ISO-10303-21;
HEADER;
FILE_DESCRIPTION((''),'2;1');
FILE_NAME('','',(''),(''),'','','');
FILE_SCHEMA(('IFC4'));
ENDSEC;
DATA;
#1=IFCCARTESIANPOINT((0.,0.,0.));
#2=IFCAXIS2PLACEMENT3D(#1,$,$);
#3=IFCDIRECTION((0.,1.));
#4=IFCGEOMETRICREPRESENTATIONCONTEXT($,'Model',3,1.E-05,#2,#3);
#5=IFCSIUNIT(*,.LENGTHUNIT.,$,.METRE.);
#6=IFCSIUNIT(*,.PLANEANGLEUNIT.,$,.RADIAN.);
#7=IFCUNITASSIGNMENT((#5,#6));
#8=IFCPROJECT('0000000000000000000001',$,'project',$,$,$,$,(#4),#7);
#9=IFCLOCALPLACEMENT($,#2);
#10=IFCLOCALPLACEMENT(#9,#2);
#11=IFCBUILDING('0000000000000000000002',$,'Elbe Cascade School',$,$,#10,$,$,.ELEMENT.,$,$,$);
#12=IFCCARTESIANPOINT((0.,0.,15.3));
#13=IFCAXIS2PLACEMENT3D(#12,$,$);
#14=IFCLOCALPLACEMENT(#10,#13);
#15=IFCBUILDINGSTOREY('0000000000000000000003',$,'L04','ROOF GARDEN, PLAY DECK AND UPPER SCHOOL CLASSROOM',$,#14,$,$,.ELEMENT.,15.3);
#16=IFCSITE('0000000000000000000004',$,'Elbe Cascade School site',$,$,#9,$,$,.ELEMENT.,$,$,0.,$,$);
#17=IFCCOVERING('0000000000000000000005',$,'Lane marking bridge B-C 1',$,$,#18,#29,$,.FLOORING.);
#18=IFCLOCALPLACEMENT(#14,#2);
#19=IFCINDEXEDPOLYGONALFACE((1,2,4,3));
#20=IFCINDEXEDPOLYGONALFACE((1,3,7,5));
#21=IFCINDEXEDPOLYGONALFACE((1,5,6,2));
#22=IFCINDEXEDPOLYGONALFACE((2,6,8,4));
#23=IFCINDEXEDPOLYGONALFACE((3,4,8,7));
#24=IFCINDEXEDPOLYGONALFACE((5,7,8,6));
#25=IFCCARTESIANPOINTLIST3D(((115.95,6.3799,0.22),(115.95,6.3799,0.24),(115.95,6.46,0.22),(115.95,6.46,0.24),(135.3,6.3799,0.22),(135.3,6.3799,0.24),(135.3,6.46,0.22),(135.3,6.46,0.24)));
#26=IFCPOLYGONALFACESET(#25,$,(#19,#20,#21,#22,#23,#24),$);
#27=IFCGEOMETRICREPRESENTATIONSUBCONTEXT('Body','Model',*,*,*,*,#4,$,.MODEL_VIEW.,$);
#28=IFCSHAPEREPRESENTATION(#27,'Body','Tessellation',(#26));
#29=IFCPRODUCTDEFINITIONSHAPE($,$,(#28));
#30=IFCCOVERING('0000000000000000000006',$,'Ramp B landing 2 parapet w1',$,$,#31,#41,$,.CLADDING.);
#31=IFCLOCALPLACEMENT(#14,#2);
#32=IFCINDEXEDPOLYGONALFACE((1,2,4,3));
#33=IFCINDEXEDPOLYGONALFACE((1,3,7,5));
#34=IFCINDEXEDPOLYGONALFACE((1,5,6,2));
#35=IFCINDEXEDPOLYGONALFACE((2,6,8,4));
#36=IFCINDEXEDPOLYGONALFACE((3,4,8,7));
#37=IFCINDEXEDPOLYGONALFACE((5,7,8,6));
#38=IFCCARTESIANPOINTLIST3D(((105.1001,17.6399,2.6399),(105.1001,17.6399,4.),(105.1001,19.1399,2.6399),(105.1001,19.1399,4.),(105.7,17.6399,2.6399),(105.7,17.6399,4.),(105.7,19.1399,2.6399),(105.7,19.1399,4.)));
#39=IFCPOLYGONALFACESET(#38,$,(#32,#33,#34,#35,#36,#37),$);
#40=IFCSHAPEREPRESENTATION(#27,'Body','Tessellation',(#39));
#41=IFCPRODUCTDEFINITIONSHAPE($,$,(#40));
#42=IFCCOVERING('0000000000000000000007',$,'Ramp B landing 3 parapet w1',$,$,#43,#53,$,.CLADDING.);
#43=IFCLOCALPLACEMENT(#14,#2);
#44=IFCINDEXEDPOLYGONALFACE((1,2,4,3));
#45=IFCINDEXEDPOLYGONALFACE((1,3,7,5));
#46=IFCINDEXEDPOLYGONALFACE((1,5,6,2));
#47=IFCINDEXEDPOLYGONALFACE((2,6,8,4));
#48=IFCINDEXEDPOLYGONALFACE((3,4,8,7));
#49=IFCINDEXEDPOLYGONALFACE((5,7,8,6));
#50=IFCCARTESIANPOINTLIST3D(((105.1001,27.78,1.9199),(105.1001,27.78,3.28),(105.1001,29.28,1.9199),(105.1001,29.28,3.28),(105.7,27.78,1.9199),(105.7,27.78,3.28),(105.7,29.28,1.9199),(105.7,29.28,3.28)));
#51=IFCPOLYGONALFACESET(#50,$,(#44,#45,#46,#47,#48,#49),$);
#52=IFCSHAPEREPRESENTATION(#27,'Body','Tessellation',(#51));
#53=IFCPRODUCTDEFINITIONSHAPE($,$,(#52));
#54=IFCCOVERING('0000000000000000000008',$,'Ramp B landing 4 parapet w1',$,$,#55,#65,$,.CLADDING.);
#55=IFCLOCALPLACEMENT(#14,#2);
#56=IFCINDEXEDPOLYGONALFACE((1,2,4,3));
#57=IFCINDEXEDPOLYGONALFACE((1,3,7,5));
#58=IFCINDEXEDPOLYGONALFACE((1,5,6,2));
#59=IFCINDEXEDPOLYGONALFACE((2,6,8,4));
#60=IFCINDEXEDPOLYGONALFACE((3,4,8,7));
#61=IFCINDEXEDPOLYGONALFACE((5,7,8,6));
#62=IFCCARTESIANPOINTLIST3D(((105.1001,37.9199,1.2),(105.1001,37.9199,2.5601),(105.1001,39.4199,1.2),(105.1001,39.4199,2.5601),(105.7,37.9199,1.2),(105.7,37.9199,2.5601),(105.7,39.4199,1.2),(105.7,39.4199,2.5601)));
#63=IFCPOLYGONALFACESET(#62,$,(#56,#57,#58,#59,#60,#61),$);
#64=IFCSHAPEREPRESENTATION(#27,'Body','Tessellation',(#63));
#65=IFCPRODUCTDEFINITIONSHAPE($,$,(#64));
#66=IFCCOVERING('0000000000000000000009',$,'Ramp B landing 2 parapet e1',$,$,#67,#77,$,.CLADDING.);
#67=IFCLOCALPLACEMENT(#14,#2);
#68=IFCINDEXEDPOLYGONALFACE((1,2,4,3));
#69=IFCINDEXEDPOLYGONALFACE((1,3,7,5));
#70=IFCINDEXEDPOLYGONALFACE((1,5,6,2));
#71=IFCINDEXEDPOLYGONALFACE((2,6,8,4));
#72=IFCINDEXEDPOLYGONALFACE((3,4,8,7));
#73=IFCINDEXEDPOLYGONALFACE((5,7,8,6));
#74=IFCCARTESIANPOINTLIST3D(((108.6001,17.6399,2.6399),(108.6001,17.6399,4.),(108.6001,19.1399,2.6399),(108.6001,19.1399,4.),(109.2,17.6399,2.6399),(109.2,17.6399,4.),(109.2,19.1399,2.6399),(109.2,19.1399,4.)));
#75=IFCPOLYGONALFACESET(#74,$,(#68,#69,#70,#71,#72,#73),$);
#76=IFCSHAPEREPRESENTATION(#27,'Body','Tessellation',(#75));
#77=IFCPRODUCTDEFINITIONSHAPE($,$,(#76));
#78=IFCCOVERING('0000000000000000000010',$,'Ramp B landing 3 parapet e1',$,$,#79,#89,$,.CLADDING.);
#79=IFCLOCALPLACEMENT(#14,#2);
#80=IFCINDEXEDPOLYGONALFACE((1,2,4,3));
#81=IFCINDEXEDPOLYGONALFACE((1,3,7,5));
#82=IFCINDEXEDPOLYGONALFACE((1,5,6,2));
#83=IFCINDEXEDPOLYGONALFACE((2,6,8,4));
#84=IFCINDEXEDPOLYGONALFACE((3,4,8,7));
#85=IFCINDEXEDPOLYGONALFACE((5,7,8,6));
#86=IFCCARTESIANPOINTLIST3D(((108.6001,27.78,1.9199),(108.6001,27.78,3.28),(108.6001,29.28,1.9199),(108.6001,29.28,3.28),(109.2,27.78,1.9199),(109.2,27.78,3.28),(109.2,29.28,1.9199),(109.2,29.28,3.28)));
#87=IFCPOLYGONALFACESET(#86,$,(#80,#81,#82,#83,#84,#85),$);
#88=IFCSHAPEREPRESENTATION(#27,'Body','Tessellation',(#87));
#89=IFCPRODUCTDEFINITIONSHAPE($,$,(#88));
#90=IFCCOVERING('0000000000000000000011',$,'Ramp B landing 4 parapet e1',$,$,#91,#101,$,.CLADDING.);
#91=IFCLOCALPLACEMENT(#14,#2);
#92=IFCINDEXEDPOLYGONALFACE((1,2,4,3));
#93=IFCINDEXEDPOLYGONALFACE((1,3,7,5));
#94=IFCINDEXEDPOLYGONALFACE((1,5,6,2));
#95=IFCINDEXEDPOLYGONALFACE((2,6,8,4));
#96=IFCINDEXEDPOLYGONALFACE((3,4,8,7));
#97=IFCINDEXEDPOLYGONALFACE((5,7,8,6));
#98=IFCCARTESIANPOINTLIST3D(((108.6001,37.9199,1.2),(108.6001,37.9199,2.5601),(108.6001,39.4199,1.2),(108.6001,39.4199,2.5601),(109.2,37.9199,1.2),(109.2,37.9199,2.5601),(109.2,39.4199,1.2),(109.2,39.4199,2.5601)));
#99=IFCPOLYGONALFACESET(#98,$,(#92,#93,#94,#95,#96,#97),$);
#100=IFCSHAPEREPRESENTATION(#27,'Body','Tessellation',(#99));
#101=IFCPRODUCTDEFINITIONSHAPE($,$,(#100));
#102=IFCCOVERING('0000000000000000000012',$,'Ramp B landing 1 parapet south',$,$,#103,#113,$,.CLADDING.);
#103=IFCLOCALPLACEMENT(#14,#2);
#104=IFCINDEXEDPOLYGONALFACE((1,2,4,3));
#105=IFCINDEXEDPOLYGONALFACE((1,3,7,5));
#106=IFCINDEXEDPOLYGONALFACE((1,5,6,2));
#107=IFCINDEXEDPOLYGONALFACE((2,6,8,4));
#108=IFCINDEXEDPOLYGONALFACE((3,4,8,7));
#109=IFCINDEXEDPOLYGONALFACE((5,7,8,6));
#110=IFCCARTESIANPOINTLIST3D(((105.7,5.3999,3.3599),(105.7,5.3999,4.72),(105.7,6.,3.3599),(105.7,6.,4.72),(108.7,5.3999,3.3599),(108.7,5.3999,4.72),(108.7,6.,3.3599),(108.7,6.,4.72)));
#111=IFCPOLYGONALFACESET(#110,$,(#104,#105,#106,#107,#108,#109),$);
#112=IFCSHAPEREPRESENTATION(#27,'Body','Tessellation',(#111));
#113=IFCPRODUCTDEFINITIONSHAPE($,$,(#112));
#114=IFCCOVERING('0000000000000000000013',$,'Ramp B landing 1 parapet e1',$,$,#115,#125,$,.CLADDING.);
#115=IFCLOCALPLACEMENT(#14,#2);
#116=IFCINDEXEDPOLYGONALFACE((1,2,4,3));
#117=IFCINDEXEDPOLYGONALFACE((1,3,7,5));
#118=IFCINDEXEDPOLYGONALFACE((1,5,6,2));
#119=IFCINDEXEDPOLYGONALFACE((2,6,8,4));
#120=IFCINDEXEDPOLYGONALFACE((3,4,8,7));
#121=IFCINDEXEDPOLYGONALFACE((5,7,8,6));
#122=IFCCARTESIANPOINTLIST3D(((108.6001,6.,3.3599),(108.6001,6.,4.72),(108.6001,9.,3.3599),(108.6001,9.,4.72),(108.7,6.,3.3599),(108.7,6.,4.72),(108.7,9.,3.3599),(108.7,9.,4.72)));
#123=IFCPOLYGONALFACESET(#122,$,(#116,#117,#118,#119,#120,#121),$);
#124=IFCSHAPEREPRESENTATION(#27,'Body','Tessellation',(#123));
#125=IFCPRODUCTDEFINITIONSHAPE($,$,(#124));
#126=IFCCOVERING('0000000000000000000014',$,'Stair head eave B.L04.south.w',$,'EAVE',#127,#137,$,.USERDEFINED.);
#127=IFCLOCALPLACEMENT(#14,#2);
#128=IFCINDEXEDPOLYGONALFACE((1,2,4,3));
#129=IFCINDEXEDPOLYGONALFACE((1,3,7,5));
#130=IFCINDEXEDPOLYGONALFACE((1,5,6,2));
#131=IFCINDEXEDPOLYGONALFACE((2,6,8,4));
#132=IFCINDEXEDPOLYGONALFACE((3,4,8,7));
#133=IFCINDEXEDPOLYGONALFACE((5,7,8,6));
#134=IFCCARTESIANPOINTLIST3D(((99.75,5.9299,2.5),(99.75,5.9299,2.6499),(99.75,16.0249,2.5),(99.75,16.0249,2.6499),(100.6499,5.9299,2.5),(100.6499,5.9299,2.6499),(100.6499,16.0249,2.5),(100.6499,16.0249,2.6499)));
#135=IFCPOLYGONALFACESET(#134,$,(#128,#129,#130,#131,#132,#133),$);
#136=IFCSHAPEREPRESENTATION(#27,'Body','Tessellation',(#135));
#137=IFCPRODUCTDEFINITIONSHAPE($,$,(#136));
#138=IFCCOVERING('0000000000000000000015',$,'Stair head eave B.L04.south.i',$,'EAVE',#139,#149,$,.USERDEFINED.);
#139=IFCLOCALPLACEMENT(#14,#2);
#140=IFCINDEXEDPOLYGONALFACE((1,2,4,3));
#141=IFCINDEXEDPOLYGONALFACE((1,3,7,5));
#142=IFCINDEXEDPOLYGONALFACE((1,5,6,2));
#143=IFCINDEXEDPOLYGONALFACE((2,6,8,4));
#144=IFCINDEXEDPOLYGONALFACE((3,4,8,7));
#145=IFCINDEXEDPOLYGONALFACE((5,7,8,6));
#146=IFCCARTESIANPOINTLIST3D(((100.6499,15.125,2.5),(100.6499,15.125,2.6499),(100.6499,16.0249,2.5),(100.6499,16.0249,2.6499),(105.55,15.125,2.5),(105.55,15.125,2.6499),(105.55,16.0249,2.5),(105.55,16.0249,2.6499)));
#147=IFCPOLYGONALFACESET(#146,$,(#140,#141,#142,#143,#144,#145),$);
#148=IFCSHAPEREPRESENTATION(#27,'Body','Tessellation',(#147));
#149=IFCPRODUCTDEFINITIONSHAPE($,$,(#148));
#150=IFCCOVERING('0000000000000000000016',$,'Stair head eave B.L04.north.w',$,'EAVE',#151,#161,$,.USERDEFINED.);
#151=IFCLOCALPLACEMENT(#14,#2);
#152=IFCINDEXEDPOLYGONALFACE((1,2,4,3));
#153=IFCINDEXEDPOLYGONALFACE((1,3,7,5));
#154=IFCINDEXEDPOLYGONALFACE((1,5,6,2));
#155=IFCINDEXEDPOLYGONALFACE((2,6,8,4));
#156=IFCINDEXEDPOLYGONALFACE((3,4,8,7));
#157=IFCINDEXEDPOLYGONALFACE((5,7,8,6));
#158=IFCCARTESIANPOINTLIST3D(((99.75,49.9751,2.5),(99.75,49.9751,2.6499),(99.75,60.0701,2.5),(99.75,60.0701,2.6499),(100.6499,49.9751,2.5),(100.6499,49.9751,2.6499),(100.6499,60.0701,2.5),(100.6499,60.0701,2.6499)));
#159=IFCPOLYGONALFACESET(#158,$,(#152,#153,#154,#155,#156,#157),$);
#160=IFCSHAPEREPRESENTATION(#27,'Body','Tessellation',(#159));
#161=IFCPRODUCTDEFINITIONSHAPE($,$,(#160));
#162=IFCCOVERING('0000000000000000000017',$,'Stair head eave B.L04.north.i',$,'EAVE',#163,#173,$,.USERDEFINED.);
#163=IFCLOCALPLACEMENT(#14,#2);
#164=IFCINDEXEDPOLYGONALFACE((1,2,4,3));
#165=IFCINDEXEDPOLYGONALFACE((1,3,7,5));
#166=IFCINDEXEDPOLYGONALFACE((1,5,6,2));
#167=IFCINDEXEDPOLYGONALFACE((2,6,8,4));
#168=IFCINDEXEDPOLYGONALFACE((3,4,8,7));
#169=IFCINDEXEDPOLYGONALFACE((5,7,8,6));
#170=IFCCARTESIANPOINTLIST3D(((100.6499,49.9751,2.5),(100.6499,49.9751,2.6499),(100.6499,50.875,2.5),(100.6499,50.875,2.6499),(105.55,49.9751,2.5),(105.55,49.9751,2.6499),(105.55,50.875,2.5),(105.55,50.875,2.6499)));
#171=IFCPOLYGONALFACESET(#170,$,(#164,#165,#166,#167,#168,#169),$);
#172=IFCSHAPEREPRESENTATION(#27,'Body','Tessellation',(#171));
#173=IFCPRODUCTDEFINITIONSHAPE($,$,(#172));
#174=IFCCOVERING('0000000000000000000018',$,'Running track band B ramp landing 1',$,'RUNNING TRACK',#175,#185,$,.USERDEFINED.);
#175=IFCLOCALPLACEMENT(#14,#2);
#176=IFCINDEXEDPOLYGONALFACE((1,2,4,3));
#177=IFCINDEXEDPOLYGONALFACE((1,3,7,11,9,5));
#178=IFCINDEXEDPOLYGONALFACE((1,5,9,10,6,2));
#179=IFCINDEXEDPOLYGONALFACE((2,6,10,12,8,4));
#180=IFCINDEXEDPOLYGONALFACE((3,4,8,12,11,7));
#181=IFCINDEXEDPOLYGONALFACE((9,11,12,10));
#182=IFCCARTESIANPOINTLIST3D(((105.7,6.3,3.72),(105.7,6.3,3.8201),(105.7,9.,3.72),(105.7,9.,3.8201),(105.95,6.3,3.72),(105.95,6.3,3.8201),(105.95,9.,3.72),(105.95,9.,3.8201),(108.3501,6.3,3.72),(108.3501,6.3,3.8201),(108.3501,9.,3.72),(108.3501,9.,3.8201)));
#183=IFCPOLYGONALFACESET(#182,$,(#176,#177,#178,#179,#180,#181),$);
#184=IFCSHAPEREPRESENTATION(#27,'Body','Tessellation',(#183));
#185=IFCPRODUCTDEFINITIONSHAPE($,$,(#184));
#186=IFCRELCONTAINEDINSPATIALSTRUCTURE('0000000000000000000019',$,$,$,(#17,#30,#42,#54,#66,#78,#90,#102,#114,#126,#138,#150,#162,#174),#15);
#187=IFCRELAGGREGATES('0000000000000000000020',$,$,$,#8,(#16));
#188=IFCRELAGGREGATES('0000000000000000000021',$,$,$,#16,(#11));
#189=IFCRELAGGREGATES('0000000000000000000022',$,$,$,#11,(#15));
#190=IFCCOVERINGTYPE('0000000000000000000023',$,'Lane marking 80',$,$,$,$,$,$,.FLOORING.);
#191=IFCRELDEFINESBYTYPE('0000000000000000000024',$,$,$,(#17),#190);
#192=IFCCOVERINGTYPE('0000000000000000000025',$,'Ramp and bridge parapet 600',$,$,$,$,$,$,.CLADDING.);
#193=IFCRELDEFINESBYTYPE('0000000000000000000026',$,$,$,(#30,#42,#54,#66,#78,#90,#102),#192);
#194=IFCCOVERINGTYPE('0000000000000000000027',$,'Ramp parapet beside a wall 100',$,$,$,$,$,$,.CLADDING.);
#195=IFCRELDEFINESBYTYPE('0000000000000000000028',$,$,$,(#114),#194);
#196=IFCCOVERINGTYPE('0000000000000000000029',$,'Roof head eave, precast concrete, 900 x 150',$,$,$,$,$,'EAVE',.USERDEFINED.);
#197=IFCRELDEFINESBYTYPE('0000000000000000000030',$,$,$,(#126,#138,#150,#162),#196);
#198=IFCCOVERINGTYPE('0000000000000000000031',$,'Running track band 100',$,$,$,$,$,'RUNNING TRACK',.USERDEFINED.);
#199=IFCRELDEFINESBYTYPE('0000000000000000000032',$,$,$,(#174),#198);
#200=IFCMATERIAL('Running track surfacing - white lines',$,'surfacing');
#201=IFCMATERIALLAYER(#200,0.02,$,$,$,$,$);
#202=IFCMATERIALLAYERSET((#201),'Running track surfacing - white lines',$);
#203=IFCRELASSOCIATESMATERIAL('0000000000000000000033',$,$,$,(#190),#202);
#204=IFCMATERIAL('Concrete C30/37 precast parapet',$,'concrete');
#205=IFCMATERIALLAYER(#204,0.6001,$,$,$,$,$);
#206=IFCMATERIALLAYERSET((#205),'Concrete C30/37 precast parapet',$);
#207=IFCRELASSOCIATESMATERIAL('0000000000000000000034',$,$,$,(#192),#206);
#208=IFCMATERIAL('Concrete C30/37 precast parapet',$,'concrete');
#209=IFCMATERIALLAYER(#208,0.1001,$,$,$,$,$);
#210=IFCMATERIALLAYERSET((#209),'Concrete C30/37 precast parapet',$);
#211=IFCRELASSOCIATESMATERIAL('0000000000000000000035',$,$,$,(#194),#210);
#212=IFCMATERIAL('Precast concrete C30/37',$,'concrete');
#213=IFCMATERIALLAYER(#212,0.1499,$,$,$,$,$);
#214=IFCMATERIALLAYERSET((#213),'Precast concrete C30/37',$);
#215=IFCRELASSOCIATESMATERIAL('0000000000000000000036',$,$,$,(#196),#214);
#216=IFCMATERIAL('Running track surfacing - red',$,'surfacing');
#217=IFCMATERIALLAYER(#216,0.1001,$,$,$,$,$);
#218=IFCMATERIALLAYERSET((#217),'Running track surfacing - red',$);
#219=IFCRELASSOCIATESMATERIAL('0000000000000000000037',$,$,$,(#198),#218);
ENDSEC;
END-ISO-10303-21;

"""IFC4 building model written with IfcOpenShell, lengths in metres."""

from ifc_helpers import new_model, si_unit, direction, frame, origin, place, context, subcontext, project, spatial, polyline, outline, extrude, material, layer, layer_set, type_object, element, save


model = new_model("IFC4")

# Units and contexts
model_context = context("Model", 3, precision=1e-05, world=origin(), true_north=direction((0.0, 1.0)))
body_context = subcontext(model_context, "Body", "Model", "MODEL_VIEW")
ifc_project = project(units=[si_unit("LENGTHUNIT", "METRE"), si_unit("PLANEANGLEUNIT", "RADIAN")], contexts=[model_context])

# Site, building, storey
site_placement = place(None, origin())
site = spatial("IfcSite", under=ifc_project, at=site_placement, Name="Elbe Cascade School site", CompositionType="ELEMENT", RefElevation=0.0)
building_placement = place(site_placement, origin())
building = spatial("IfcBuilding", under=site, at=building_placement, Name="Elbe Cascade School", CompositionType="ELEMENT")
storey_placement = place(building_placement, frame((0.0, 0.0, 15.3)))
storey = spatial("IfcBuildingStorey", under=building, at=storey_placement, Name="L04", Description="ROOF GARDEN, PLAY DECK AND UPPER SCHOOL CLASSROOM", CompositionType="ELEMENT", Elevation=15.3)

# Coverings
ifc_material_1 = material(Name="Running track surfacing - white lines", Category="surfacing")
ifc_layer_1 = layer(ifc_material_1, 0.02)
ifc_layer_set_1 = layer_set([ifc_layer_1], Name="Running track surfacing - white lines")
covering_type_1 = type_object("IfcCoveringType", Name="Lane marking 80", PredefinedType="FLOORING", material=ifc_layer_set_1)
covering_1_placement = place(storey_placement, frame((0.0, 0.0, 0.22)))
element("IfcCovering", 1, at=covering_1_placement, inside=storey, type_object=covering_type_1, Name="Lane marking bridge B-C 1", PredefinedType="FLOORING", context=body_context, shape_type="SweptSolid", body=[
    extrude(outline(polyline([(115.95, 6.3799), (135.3, 6.3799), (135.3, 6.46), (115.95, 6.46), (115.95, 6.3799)])), origin(), (0.0, 0.0, 1.0), 0.02),
])
ifc_material_2 = material(Name="Concrete C30/37 precast parapet", Category="concrete")
ifc_layer_2 = layer(ifc_material_2, 0.6001)
ifc_layer_set_2 = layer_set([ifc_layer_2], Name="Concrete C30/37 precast parapet")
covering_type_2 = type_object("IfcCoveringType", Name="Ramp and bridge parapet 600", PredefinedType="CLADDING", material=ifc_layer_set_2)
covering_2_placement = place(storey_placement, frame((0.0, 0.0, 2.6399)))
element("IfcCovering", 2, at=covering_2_placement, inside=storey, type_object=covering_type_2, Name="Ramp B landing 2 parapet w1", PredefinedType="CLADDING", context=body_context, shape_type="SweptSolid", body=[
    extrude(outline(polyline([(105.1001, 17.6399), (105.7, 17.6399), (105.7, 19.1399), (105.1001, 19.1399), (105.1001, 17.6399)])), origin(), (0.0, 0.0, 1.0), 1.3601),
])
covering_3_placement = place(storey_placement, frame((0.0, 0.0, 1.9199)))
element("IfcCovering", 3, at=covering_3_placement, inside=storey, type_object=covering_type_2, Name="Ramp B landing 3 parapet w1", PredefinedType="CLADDING", context=body_context, shape_type="SweptSolid", body=[
    extrude(outline(polyline([(105.1001, 27.78), (105.7, 27.78), (105.7, 29.28), (105.1001, 29.28), (105.1001, 27.78)])), origin(), (0.0, 0.0, 1.0), 1.3601),
])
covering_4_placement = place(storey_placement, frame((0.0, 0.0, 1.2)))
element("IfcCovering", 4, at=covering_4_placement, inside=storey, type_object=covering_type_2, Name="Ramp B landing 4 parapet w1", PredefinedType="CLADDING", context=body_context, shape_type="SweptSolid", body=[
    extrude(outline(polyline([(105.1001, 37.9199), (105.7, 37.9199), (105.7, 39.4199), (105.1001, 39.4199), (105.1001, 37.9199)])), origin(), (0.0, 0.0, 1.0), 1.3601),
])
covering_5_placement = place(storey_placement, frame((0.0, 0.0, 2.6399)))
element("IfcCovering", 5, at=covering_5_placement, inside=storey, type_object=covering_type_2, Name="Ramp B landing 2 parapet e1", PredefinedType="CLADDING", context=body_context, shape_type="SweptSolid", body=[
    extrude(outline(polyline([(108.6001, 17.6399), (109.2, 17.6399), (109.2, 19.1399), (108.6001, 19.1399), (108.6001, 17.6399)])), origin(), (0.0, 0.0, 1.0), 1.3601),
])
covering_6_placement = place(storey_placement, frame((0.0, 0.0, 1.9199)))
element("IfcCovering", 6, at=covering_6_placement, inside=storey, type_object=covering_type_2, Name="Ramp B landing 3 parapet e1", PredefinedType="CLADDING", context=body_context, shape_type="SweptSolid", body=[
    extrude(outline(polyline([(108.6001, 27.78), (109.2, 27.78), (109.2, 29.28), (108.6001, 29.28), (108.6001, 27.78)])), origin(), (0.0, 0.0, 1.0), 1.3601),
])
covering_7_placement = place(storey_placement, frame((0.0, 0.0, 1.2)))
element("IfcCovering", 7, at=covering_7_placement, inside=storey, type_object=covering_type_2, Name="Ramp B landing 4 parapet e1", PredefinedType="CLADDING", context=body_context, shape_type="SweptSolid", body=[
    extrude(outline(polyline([(108.6001, 37.9199), (109.2, 37.9199), (109.2, 39.4199), (108.6001, 39.4199), (108.6001, 37.9199)])), origin(), (0.0, 0.0, 1.0), 1.3601),
])
covering_8_placement = place(storey_placement, frame((0.0, 0.0, 3.3599)))
element("IfcCovering", 8, at=covering_8_placement, inside=storey, type_object=covering_type_2, Name="Ramp B landing 1 parapet south", PredefinedType="CLADDING", context=body_context, shape_type="SweptSolid", body=[
    extrude(outline(polyline([(105.7, 5.3999), (108.7, 5.3999), (108.7, 6.0), (105.7, 6.0), (105.7, 5.3999)])), origin(), (0.0, 0.0, 1.0), 1.3601),
])
ifc_material_3 = material(Name="Concrete C30/37 precast parapet", Category="concrete")
ifc_layer_3 = layer(ifc_material_3, 0.1001)
ifc_layer_set_3 = layer_set([ifc_layer_3], Name="Concrete C30/37 precast parapet")
covering_type_3 = type_object("IfcCoveringType", Name="Ramp parapet beside a wall 100", PredefinedType="CLADDING", material=ifc_layer_set_3)
covering_9_placement = place(storey_placement, frame((0.0, 0.0, 3.3599)))
element("IfcCovering", 9, at=covering_9_placement, inside=storey, type_object=covering_type_3, Name="Ramp B landing 1 parapet e1", PredefinedType="CLADDING", context=body_context, shape_type="SweptSolid", body=[
    extrude(outline(polyline([(108.6001, 6.0), (108.7, 6.0), (108.7, 9.0), (108.6001, 9.0), (108.6001, 6.0)])), origin(), (0.0, 0.0, 1.0), 1.3601),
])
ifc_material_4 = material(Name="Precast concrete C30/37", Category="concrete")
ifc_layer_4 = layer(ifc_material_4, 0.1499)
ifc_layer_set_4 = layer_set([ifc_layer_4], Name="Precast concrete C30/37")
covering_type_4 = type_object("IfcCoveringType", Name="Roof head eave, precast concrete, 900 x 150", ElementType="EAVE", PredefinedType="USERDEFINED", material=ifc_layer_set_4)
covering_10_placement = place(storey_placement, frame((0.0, 0.0, 2.5)))
element("IfcCovering", 10, at=covering_10_placement, inside=storey, type_object=covering_type_4, Name="Stair head eave B.L04.south.w", ObjectType="EAVE", PredefinedType="USERDEFINED", context=body_context, shape_type="SweptSolid", body=[
    extrude(outline(polyline([(99.75, 5.9299), (100.6499, 5.9299), (100.6499, 16.0249), (99.75, 16.0249), (99.75, 5.9299)])), origin(), (0.0, 0.0, 1.0), 0.1499),
])
covering_11_placement = place(storey_placement, frame((0.0, 0.0, 2.5)))
element("IfcCovering", 11, at=covering_11_placement, inside=storey, type_object=covering_type_4, Name="Stair head eave B.L04.south.i", ObjectType="EAVE", PredefinedType="USERDEFINED", context=body_context, shape_type="SweptSolid", body=[
    extrude(outline(polyline([(100.6499, 15.125), (105.55, 15.125), (105.55, 16.0249), (100.6499, 16.0249), (100.6499, 15.125)])), origin(), (0.0, 0.0, 1.0), 0.1499),
])
covering_12_placement = place(storey_placement, frame((0.0, 0.0, 2.5)))
element("IfcCovering", 12, at=covering_12_placement, inside=storey, type_object=covering_type_4, Name="Stair head eave B.L04.north.w", ObjectType="EAVE", PredefinedType="USERDEFINED", context=body_context, shape_type="SweptSolid", body=[
    extrude(outline(polyline([(99.75, 49.9751), (100.6499, 49.9751), (100.6499, 60.0701), (99.75, 60.0701), (99.75, 49.9751)])), origin(), (0.0, 0.0, 1.0), 0.1499),
])
covering_13_placement = place(storey_placement, frame((0.0, 0.0, 2.5)))
element("IfcCovering", 13, at=covering_13_placement, inside=storey, type_object=covering_type_4, Name="Stair head eave B.L04.north.i", ObjectType="EAVE", PredefinedType="USERDEFINED", context=body_context, shape_type="SweptSolid", body=[
    extrude(outline(polyline([(100.6499, 49.9751), (105.55, 49.9751), (105.55, 50.875), (100.6499, 50.875), (100.6499, 49.9751)])), origin(), (0.0, 0.0, 1.0), 0.1499),
])
ifc_material_5 = material(Name="Running track surfacing - red", Category="surfacing")
ifc_layer_5 = layer(ifc_material_5, 0.1001)
ifc_layer_set_5 = layer_set([ifc_layer_5], Name="Running track surfacing - red")
covering_type_5 = type_object("IfcCoveringType", Name="Running track band 100", ElementType="RUNNING TRACK", PredefinedType="USERDEFINED", material=ifc_layer_set_5)
covering_14_placement = place(storey_placement, frame((0.0, 0.0, 3.72)))
element("IfcCovering", 14, at=covering_14_placement, inside=storey, type_object=covering_type_5, Name="Running track band B ramp landing 1", ObjectType="RUNNING TRACK", PredefinedType="USERDEFINED", context=body_context, shape_type="SweptSolid", body=[
    extrude(outline(polyline([(108.3501, 6.3), (105.95, 6.3), (105.7, 6.3), (105.7, 9.0), (105.95, 9.0), (108.3501, 9.0), (108.3501, 6.3)])), origin(), (0.0, 0.0, 1.0), 0.1001),
])

save(model, "model.ifc")
